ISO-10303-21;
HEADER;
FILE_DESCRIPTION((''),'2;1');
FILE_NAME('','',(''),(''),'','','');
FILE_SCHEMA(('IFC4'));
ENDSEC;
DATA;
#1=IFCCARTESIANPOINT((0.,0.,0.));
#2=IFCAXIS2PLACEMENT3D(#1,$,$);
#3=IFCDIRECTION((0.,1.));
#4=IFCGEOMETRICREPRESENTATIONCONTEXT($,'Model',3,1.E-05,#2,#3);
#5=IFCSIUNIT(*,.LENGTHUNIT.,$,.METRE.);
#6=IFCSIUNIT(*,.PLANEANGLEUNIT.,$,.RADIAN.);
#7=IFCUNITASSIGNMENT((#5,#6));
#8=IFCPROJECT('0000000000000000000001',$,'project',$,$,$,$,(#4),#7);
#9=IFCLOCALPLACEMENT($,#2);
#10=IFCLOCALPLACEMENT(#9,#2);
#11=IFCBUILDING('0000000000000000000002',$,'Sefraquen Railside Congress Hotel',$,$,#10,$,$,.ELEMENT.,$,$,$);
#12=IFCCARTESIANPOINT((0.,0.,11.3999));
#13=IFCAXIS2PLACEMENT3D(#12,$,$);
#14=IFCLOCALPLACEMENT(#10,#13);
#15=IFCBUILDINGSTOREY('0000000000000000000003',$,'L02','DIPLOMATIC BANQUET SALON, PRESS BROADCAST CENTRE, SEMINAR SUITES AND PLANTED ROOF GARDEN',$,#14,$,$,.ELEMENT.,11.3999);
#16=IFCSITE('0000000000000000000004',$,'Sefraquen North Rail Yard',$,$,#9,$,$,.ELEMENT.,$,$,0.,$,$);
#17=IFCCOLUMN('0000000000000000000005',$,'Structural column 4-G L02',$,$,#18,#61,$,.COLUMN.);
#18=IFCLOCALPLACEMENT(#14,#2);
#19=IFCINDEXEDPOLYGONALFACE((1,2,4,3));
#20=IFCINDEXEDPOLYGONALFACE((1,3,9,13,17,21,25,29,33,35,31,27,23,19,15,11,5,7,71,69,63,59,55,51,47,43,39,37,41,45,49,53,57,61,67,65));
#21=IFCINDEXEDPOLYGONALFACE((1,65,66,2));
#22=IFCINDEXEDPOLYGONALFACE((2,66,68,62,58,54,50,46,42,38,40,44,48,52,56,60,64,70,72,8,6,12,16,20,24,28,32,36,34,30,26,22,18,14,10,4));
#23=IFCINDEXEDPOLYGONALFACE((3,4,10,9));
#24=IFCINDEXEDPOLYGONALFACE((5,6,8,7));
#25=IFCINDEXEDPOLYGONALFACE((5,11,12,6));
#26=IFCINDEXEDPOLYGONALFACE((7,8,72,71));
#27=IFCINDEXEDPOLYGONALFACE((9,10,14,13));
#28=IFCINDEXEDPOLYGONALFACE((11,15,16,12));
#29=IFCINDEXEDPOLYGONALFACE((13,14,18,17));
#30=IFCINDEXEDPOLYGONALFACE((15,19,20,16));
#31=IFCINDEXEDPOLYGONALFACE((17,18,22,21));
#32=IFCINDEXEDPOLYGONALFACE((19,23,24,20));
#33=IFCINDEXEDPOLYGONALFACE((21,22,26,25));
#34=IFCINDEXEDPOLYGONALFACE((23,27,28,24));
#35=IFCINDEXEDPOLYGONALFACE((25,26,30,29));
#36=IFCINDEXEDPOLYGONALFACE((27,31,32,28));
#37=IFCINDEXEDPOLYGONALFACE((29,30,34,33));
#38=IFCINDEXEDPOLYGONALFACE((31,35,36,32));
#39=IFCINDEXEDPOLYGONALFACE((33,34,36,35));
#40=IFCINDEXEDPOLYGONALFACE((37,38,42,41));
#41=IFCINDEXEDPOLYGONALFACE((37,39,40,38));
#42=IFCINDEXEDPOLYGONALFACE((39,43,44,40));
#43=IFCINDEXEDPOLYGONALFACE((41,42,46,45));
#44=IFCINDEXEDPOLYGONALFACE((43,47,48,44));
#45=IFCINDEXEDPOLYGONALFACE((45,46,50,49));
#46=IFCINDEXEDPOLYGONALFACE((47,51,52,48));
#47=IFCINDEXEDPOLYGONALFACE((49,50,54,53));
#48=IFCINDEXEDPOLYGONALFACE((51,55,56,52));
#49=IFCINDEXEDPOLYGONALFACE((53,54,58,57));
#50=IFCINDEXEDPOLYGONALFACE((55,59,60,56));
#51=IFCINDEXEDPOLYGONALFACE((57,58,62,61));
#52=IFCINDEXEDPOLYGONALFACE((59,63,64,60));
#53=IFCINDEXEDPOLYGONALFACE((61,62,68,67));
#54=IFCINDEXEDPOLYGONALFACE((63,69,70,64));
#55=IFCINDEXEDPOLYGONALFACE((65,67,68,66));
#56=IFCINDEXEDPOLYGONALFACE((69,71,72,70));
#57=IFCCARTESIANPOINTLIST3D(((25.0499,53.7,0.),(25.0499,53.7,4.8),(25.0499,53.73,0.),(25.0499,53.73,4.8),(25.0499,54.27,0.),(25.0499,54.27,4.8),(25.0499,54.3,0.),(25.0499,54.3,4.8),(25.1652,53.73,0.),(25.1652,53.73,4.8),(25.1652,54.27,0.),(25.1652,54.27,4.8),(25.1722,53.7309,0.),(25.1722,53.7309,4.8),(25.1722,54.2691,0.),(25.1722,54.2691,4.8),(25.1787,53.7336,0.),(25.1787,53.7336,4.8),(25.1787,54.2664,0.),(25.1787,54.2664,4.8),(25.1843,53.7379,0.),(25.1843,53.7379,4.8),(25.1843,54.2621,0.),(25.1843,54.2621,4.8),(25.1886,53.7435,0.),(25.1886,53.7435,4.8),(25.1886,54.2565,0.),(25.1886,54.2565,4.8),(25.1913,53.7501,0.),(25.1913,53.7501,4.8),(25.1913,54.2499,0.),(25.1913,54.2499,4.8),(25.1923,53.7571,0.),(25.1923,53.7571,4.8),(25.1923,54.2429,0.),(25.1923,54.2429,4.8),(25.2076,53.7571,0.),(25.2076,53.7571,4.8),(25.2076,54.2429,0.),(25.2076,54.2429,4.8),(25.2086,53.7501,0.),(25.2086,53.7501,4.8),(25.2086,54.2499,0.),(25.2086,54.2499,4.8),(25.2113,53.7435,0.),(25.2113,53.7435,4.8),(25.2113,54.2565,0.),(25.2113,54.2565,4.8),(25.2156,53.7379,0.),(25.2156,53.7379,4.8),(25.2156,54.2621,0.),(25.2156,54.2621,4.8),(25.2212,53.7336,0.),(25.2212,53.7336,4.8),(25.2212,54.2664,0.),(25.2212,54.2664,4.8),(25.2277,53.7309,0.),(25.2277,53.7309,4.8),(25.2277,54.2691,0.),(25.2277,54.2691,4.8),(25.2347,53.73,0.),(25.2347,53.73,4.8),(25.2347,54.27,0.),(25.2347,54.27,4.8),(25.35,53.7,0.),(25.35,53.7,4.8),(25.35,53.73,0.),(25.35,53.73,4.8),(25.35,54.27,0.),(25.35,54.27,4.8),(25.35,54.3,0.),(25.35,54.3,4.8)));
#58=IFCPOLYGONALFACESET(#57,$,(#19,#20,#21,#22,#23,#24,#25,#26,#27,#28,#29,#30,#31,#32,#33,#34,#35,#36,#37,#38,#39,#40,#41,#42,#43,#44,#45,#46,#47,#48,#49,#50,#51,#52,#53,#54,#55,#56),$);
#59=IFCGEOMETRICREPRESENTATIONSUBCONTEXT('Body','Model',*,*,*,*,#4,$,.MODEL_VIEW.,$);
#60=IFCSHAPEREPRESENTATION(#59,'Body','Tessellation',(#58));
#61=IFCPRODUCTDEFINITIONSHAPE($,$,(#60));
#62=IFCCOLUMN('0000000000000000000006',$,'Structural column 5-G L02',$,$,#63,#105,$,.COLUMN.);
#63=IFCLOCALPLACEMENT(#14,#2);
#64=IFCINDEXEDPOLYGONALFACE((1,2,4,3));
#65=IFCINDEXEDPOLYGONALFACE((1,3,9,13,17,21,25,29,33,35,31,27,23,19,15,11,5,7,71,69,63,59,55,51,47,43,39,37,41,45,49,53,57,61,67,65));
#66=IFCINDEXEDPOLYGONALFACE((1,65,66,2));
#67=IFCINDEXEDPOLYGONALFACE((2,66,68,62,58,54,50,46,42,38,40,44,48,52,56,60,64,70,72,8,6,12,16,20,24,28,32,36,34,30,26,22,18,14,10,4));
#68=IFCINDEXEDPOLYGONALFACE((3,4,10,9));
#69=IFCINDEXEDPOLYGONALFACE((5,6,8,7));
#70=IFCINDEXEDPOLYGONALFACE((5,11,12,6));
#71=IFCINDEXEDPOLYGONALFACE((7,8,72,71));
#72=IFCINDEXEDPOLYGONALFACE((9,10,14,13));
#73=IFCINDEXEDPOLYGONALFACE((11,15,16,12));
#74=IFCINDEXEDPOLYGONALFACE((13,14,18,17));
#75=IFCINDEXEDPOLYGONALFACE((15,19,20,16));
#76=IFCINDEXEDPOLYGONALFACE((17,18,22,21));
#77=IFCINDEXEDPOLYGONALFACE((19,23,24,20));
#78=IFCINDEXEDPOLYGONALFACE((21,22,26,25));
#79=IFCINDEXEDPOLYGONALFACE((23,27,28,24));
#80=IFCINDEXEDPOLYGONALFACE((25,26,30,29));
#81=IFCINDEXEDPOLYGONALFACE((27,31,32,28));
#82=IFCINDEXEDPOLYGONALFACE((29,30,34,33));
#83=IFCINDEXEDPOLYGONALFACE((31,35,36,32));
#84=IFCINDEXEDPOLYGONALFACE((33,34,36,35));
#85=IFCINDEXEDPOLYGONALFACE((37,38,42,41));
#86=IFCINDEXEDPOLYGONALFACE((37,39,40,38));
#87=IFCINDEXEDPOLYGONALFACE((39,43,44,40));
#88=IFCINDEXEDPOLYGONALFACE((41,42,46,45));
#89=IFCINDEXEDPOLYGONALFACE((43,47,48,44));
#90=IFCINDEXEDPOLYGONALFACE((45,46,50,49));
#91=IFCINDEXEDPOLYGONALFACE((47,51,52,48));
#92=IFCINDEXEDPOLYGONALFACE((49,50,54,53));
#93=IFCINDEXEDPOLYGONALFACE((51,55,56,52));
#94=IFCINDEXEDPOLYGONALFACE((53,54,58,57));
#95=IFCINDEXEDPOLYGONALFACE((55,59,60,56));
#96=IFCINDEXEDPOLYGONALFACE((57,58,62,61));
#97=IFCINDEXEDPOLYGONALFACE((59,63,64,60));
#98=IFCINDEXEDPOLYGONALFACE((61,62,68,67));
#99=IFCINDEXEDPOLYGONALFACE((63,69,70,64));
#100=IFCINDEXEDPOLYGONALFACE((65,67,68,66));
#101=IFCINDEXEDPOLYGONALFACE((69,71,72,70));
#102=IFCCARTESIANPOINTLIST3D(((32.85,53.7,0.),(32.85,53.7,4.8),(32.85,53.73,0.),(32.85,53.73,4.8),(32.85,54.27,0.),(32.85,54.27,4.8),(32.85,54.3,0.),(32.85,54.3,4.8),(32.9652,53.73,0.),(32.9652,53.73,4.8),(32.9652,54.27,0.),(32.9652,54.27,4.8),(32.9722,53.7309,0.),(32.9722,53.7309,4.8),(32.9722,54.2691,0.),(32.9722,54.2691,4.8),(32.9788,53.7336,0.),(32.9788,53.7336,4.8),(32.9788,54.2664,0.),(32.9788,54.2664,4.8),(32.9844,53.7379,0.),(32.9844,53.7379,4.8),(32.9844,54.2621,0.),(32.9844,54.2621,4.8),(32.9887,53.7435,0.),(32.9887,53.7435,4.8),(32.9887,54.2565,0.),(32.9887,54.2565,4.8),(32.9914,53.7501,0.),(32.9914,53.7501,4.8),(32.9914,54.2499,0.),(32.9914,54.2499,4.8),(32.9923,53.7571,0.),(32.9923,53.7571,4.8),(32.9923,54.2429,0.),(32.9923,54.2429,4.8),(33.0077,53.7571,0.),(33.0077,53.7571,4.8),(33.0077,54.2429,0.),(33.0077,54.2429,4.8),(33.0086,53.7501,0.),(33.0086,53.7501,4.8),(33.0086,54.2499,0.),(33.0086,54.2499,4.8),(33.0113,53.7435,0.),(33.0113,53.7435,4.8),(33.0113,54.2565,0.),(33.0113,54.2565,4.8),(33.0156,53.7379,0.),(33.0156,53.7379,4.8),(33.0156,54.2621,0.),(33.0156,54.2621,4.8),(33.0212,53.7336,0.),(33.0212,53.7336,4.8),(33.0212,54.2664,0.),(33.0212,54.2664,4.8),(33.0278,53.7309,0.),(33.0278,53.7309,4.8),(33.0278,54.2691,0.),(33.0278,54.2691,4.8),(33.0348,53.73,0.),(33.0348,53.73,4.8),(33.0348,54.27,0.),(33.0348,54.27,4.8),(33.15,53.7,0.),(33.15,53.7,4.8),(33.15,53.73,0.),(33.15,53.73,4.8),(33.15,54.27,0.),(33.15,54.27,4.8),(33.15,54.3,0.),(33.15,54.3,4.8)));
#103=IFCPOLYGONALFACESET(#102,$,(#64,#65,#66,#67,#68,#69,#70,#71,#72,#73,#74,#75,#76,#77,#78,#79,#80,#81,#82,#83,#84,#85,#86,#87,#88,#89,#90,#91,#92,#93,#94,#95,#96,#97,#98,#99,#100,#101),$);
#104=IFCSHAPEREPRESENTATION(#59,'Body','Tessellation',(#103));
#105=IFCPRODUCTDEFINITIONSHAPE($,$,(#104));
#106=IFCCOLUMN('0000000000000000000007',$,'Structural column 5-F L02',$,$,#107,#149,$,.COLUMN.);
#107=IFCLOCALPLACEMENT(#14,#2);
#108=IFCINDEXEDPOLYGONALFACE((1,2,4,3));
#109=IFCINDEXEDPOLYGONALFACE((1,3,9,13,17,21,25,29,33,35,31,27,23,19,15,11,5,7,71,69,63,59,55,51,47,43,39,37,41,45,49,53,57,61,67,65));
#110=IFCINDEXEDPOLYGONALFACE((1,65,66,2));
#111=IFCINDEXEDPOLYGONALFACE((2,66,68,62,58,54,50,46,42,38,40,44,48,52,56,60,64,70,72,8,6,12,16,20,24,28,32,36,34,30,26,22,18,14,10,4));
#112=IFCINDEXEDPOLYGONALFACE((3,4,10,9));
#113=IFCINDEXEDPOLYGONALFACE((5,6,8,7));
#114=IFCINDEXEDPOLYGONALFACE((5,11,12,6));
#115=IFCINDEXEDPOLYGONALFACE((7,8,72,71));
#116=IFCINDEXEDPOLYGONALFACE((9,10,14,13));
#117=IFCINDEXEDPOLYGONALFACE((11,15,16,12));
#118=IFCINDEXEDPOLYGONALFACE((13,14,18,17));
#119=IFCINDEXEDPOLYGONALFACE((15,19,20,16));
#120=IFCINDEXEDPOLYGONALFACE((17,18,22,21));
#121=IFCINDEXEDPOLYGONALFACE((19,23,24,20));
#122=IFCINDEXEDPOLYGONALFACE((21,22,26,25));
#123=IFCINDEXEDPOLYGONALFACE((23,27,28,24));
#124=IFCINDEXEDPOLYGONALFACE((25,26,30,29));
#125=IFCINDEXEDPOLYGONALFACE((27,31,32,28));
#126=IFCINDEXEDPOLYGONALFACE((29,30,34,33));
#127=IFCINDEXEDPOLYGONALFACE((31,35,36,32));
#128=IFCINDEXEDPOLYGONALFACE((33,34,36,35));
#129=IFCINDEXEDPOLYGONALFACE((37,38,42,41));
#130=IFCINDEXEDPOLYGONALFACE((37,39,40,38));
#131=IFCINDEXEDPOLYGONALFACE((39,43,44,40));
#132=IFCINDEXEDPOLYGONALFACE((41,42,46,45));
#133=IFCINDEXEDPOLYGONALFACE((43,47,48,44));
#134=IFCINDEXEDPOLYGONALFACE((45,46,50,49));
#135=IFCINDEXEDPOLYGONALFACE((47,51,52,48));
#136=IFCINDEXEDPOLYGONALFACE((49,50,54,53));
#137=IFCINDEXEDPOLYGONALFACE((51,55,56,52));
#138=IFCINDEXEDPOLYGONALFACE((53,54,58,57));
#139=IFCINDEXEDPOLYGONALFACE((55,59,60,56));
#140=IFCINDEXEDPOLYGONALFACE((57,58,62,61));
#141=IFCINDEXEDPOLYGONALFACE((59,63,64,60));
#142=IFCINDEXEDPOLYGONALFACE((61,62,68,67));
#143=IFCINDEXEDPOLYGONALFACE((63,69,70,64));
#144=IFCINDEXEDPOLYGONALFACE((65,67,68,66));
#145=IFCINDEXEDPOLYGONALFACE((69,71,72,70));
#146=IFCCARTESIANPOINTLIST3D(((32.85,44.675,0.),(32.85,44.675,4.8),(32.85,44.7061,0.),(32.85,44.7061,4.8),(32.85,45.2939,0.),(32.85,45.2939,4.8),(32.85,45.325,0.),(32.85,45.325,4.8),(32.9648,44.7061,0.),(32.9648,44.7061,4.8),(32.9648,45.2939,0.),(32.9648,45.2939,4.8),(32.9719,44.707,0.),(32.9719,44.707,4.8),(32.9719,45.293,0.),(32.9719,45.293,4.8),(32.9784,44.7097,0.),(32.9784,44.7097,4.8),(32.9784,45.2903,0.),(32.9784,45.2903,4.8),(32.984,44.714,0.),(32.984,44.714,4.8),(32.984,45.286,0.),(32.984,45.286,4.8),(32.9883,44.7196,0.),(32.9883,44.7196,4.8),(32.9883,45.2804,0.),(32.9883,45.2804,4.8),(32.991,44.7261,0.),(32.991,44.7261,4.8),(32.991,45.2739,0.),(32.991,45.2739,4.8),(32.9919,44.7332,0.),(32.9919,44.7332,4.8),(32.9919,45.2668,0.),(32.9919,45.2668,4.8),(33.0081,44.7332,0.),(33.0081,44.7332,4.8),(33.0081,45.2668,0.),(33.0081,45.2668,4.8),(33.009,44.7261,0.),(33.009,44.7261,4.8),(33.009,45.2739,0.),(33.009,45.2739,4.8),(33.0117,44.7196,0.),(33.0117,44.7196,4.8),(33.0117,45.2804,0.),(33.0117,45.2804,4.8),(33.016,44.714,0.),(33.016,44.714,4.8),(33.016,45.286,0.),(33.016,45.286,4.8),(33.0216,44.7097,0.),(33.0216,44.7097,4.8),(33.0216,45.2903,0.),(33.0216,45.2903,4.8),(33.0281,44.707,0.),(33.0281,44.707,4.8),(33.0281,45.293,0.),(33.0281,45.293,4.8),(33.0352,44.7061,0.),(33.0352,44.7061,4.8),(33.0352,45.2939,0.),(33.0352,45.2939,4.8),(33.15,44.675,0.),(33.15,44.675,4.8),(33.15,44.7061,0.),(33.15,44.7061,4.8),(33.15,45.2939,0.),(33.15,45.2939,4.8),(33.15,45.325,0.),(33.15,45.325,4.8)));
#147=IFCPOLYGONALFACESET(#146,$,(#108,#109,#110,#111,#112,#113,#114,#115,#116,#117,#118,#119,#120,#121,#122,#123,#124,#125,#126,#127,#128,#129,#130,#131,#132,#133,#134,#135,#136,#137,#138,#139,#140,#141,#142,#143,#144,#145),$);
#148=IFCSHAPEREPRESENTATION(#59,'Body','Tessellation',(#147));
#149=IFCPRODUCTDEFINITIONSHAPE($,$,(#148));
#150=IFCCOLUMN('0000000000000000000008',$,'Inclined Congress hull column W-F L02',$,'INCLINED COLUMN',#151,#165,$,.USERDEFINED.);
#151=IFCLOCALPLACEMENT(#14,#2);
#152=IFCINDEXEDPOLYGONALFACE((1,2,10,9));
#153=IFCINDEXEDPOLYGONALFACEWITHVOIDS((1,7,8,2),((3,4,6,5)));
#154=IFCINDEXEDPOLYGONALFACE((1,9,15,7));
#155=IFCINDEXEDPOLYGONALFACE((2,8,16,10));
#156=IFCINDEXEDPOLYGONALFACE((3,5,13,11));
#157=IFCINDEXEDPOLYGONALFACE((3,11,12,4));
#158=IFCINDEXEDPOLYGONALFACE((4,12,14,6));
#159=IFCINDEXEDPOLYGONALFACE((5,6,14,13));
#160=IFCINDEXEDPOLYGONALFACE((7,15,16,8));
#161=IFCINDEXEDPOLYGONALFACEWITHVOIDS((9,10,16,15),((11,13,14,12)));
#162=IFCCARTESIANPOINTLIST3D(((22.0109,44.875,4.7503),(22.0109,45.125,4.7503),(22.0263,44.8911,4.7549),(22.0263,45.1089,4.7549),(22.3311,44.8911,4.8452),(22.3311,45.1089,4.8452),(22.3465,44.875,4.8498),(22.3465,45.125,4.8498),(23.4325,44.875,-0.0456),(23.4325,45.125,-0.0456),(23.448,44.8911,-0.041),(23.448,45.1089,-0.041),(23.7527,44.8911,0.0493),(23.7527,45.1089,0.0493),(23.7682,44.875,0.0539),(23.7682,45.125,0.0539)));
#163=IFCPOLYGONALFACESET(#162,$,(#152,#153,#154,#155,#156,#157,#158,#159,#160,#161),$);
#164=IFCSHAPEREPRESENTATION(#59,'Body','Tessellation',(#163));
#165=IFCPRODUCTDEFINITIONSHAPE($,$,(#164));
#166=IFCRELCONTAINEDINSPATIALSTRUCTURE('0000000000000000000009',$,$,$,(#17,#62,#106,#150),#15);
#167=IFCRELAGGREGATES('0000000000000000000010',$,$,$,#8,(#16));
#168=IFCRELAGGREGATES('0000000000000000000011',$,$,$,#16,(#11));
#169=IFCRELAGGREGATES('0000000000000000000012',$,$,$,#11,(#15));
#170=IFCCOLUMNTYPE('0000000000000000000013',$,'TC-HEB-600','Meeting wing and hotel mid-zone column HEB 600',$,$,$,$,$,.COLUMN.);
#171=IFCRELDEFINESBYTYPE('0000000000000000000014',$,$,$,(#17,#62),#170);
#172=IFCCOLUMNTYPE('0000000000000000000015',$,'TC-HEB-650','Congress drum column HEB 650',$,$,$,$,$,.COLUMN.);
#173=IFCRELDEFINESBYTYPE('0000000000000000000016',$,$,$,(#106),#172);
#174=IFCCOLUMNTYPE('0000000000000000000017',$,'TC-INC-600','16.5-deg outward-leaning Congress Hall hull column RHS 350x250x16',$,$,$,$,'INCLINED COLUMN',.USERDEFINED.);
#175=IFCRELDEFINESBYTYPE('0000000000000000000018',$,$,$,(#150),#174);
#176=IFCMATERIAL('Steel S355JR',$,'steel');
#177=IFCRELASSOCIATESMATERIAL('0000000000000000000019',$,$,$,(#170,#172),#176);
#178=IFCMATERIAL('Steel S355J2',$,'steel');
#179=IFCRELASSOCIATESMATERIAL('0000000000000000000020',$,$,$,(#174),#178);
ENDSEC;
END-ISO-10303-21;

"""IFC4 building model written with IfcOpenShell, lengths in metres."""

from ifc_helpers import new_model, si_unit, direction, frame, origin, origin_2d, place, context, subcontext, project, spatial, hollow_rectangle, i_section, extrude, material, material_profile, profile_set, type_object, element, save


model = new_model("IFC4")

# Units and contexts
model_context = context("Model", 3, precision=1e-05, world=origin(), true_north=direction((0.0, 1.0)))
body_context = subcontext(model_context, "Body", "Model", "MODEL_VIEW")
ifc_project = project(units=[si_unit("LENGTHUNIT", "METRE"), si_unit("PLANEANGLEUNIT", "RADIAN")], contexts=[model_context])

# Site, building, storey
site_placement = place(None, origin())
site = spatial("IfcSite", under=ifc_project, at=site_placement, Name="Sefraquen North Rail Yard", CompositionType="ELEMENT", RefElevation=0.0)
building_placement = place(site_placement, origin())
building = spatial("IfcBuilding", under=site, at=building_placement, Name="Sefraquen Railside Congress Hotel", CompositionType="ELEMENT")
storey_placement = place(building_placement, frame((0.0, 0.0, 11.3999)))
storey = spatial("IfcBuildingStorey", under=building, at=storey_placement, Name="L02", Description="DIPLOMATIC BANQUET SALON, PRESS BROADCAST CENTRE, SEMINAR SUITES AND PLANTED ROOF GARDEN", CompositionType="ELEMENT", Elevation=11.3999)

# Columns
ifc_material_1 = material(Name="Steel S355JR", Category="steel")
ifc_material_profile_1 = material_profile(ifc_material_1, i_section(OverallWidth=0.3, OverallDepth=0.6001, WebThickness=0.0154, FlangeThickness=0.03, FilletRadius=0.0271, at=origin_2d()), Name="HEB 600")
ifc_profile_set_1 = profile_set([ifc_material_profile_1], Name="Steel S355JR")
column_type_1 = type_object("IfcColumnType", Name="TC-HEB-600", Description="Meeting wing and hotel mid-zone column HEB 600", PredefinedType="COLUMN", material=ifc_profile_set_1)
for number, where, z_axis, x_axis, name in (
    (1, (25.2, 54.0, 0.0), (0.0, 0.0, 1.0), (1.0, 0.0, 0.0), "Structural column 4-G L02"),
    (2, (33.0, 54.0, 0.0), (0.0, 0.0, 1.0), (1.0, 0.0, 0.0), "Structural column 5-G L02"),
):
    element("IfcColumn", number, at=place(storey_placement, frame(where, z_axis=z_axis, x_axis=x_axis)), inside=storey, type_object=column_type_1, Name=name, PredefinedType="COLUMN", context=body_context, shape_type="SweptSolid", body=[
        extrude(i_section(OverallWidth=0.3, OverallDepth=0.6001, WebThickness=0.0154, FlangeThickness=0.03, FilletRadius=0.0271, at=origin_2d()), origin(), (0.0, 0.0, 1.0), 4.8),
    ])
ifc_material_profile_2 = material_profile(ifc_material_1, i_section(OverallWidth=0.3, OverallDepth=0.6499, WebThickness=0.0161, FlangeThickness=0.031, FilletRadius=0.0271, at=origin_2d()), Name="HEB 650")
ifc_profile_set_2 = profile_set([ifc_material_profile_2], Name="Steel S355JR")
column_type_2 = type_object("IfcColumnType", Name="TC-HEB-650", Description="Congress drum column HEB 650", PredefinedType="COLUMN", material=ifc_profile_set_2)
column_1_placement = place(storey_placement, frame((33.0, 45.0, 0.0), z_axis=(0.0, 0.0, 1.0), x_axis=(1.0, 0.0, 0.0)))
element("IfcColumn", 3, at=column_1_placement, inside=storey, type_object=column_type_2, Name="Structural column 5-F L02", PredefinedType="COLUMN", context=body_context, shape_type="SweptSolid", body=[
    extrude(i_section(OverallWidth=0.3, OverallDepth=0.6499, WebThickness=0.0161, FlangeThickness=0.031, FilletRadius=0.0271, at=origin_2d()), origin(), (0.0, 0.0, 1.0), 4.8),
])
ifc_material_2 = material(Name="Steel S355J2", Category="steel")
ifc_material_profile_3 = material_profile(ifc_material_2, hollow_rectangle(XDim=0.25, YDim=0.3501, WallThickness=0.0161, at=origin_2d()), Name="RHS 350x250x16")
ifc_profile_set_3 = profile_set([ifc_material_profile_3], Name="Steel S355J2")
column_type_3 = type_object("IfcColumnType", Name="TC-INC-600", Description="16.5-deg outward-leaning Congress Hall hull column RHS 350x250x16", ElementType="INCLINED COLUMN", PredefinedType="USERDEFINED", material=ifc_profile_set_3)
column_2_placement = place(storey_placement, frame((23.6003, 45.0, 0.0042), z_axis=(-0.284203, 0.0, 0.958764), x_axis=(0.0, -1.0, 0.0)))
element("IfcColumn", 4, at=column_2_placement, inside=storey, type_object=column_type_3, Name="Inclined Congress hull column W-F L02", ObjectType="INCLINED COLUMN", PredefinedType="USERDEFINED", context=body_context, shape_type="SweptSolid", body=[
    extrude(hollow_rectangle(XDim=0.25, YDim=0.3501, WallThickness=0.0161, at=origin_2d()), origin(), (0.0, 0.0, 1.0), 5.0022),
])

save(model, "model.ifc")
